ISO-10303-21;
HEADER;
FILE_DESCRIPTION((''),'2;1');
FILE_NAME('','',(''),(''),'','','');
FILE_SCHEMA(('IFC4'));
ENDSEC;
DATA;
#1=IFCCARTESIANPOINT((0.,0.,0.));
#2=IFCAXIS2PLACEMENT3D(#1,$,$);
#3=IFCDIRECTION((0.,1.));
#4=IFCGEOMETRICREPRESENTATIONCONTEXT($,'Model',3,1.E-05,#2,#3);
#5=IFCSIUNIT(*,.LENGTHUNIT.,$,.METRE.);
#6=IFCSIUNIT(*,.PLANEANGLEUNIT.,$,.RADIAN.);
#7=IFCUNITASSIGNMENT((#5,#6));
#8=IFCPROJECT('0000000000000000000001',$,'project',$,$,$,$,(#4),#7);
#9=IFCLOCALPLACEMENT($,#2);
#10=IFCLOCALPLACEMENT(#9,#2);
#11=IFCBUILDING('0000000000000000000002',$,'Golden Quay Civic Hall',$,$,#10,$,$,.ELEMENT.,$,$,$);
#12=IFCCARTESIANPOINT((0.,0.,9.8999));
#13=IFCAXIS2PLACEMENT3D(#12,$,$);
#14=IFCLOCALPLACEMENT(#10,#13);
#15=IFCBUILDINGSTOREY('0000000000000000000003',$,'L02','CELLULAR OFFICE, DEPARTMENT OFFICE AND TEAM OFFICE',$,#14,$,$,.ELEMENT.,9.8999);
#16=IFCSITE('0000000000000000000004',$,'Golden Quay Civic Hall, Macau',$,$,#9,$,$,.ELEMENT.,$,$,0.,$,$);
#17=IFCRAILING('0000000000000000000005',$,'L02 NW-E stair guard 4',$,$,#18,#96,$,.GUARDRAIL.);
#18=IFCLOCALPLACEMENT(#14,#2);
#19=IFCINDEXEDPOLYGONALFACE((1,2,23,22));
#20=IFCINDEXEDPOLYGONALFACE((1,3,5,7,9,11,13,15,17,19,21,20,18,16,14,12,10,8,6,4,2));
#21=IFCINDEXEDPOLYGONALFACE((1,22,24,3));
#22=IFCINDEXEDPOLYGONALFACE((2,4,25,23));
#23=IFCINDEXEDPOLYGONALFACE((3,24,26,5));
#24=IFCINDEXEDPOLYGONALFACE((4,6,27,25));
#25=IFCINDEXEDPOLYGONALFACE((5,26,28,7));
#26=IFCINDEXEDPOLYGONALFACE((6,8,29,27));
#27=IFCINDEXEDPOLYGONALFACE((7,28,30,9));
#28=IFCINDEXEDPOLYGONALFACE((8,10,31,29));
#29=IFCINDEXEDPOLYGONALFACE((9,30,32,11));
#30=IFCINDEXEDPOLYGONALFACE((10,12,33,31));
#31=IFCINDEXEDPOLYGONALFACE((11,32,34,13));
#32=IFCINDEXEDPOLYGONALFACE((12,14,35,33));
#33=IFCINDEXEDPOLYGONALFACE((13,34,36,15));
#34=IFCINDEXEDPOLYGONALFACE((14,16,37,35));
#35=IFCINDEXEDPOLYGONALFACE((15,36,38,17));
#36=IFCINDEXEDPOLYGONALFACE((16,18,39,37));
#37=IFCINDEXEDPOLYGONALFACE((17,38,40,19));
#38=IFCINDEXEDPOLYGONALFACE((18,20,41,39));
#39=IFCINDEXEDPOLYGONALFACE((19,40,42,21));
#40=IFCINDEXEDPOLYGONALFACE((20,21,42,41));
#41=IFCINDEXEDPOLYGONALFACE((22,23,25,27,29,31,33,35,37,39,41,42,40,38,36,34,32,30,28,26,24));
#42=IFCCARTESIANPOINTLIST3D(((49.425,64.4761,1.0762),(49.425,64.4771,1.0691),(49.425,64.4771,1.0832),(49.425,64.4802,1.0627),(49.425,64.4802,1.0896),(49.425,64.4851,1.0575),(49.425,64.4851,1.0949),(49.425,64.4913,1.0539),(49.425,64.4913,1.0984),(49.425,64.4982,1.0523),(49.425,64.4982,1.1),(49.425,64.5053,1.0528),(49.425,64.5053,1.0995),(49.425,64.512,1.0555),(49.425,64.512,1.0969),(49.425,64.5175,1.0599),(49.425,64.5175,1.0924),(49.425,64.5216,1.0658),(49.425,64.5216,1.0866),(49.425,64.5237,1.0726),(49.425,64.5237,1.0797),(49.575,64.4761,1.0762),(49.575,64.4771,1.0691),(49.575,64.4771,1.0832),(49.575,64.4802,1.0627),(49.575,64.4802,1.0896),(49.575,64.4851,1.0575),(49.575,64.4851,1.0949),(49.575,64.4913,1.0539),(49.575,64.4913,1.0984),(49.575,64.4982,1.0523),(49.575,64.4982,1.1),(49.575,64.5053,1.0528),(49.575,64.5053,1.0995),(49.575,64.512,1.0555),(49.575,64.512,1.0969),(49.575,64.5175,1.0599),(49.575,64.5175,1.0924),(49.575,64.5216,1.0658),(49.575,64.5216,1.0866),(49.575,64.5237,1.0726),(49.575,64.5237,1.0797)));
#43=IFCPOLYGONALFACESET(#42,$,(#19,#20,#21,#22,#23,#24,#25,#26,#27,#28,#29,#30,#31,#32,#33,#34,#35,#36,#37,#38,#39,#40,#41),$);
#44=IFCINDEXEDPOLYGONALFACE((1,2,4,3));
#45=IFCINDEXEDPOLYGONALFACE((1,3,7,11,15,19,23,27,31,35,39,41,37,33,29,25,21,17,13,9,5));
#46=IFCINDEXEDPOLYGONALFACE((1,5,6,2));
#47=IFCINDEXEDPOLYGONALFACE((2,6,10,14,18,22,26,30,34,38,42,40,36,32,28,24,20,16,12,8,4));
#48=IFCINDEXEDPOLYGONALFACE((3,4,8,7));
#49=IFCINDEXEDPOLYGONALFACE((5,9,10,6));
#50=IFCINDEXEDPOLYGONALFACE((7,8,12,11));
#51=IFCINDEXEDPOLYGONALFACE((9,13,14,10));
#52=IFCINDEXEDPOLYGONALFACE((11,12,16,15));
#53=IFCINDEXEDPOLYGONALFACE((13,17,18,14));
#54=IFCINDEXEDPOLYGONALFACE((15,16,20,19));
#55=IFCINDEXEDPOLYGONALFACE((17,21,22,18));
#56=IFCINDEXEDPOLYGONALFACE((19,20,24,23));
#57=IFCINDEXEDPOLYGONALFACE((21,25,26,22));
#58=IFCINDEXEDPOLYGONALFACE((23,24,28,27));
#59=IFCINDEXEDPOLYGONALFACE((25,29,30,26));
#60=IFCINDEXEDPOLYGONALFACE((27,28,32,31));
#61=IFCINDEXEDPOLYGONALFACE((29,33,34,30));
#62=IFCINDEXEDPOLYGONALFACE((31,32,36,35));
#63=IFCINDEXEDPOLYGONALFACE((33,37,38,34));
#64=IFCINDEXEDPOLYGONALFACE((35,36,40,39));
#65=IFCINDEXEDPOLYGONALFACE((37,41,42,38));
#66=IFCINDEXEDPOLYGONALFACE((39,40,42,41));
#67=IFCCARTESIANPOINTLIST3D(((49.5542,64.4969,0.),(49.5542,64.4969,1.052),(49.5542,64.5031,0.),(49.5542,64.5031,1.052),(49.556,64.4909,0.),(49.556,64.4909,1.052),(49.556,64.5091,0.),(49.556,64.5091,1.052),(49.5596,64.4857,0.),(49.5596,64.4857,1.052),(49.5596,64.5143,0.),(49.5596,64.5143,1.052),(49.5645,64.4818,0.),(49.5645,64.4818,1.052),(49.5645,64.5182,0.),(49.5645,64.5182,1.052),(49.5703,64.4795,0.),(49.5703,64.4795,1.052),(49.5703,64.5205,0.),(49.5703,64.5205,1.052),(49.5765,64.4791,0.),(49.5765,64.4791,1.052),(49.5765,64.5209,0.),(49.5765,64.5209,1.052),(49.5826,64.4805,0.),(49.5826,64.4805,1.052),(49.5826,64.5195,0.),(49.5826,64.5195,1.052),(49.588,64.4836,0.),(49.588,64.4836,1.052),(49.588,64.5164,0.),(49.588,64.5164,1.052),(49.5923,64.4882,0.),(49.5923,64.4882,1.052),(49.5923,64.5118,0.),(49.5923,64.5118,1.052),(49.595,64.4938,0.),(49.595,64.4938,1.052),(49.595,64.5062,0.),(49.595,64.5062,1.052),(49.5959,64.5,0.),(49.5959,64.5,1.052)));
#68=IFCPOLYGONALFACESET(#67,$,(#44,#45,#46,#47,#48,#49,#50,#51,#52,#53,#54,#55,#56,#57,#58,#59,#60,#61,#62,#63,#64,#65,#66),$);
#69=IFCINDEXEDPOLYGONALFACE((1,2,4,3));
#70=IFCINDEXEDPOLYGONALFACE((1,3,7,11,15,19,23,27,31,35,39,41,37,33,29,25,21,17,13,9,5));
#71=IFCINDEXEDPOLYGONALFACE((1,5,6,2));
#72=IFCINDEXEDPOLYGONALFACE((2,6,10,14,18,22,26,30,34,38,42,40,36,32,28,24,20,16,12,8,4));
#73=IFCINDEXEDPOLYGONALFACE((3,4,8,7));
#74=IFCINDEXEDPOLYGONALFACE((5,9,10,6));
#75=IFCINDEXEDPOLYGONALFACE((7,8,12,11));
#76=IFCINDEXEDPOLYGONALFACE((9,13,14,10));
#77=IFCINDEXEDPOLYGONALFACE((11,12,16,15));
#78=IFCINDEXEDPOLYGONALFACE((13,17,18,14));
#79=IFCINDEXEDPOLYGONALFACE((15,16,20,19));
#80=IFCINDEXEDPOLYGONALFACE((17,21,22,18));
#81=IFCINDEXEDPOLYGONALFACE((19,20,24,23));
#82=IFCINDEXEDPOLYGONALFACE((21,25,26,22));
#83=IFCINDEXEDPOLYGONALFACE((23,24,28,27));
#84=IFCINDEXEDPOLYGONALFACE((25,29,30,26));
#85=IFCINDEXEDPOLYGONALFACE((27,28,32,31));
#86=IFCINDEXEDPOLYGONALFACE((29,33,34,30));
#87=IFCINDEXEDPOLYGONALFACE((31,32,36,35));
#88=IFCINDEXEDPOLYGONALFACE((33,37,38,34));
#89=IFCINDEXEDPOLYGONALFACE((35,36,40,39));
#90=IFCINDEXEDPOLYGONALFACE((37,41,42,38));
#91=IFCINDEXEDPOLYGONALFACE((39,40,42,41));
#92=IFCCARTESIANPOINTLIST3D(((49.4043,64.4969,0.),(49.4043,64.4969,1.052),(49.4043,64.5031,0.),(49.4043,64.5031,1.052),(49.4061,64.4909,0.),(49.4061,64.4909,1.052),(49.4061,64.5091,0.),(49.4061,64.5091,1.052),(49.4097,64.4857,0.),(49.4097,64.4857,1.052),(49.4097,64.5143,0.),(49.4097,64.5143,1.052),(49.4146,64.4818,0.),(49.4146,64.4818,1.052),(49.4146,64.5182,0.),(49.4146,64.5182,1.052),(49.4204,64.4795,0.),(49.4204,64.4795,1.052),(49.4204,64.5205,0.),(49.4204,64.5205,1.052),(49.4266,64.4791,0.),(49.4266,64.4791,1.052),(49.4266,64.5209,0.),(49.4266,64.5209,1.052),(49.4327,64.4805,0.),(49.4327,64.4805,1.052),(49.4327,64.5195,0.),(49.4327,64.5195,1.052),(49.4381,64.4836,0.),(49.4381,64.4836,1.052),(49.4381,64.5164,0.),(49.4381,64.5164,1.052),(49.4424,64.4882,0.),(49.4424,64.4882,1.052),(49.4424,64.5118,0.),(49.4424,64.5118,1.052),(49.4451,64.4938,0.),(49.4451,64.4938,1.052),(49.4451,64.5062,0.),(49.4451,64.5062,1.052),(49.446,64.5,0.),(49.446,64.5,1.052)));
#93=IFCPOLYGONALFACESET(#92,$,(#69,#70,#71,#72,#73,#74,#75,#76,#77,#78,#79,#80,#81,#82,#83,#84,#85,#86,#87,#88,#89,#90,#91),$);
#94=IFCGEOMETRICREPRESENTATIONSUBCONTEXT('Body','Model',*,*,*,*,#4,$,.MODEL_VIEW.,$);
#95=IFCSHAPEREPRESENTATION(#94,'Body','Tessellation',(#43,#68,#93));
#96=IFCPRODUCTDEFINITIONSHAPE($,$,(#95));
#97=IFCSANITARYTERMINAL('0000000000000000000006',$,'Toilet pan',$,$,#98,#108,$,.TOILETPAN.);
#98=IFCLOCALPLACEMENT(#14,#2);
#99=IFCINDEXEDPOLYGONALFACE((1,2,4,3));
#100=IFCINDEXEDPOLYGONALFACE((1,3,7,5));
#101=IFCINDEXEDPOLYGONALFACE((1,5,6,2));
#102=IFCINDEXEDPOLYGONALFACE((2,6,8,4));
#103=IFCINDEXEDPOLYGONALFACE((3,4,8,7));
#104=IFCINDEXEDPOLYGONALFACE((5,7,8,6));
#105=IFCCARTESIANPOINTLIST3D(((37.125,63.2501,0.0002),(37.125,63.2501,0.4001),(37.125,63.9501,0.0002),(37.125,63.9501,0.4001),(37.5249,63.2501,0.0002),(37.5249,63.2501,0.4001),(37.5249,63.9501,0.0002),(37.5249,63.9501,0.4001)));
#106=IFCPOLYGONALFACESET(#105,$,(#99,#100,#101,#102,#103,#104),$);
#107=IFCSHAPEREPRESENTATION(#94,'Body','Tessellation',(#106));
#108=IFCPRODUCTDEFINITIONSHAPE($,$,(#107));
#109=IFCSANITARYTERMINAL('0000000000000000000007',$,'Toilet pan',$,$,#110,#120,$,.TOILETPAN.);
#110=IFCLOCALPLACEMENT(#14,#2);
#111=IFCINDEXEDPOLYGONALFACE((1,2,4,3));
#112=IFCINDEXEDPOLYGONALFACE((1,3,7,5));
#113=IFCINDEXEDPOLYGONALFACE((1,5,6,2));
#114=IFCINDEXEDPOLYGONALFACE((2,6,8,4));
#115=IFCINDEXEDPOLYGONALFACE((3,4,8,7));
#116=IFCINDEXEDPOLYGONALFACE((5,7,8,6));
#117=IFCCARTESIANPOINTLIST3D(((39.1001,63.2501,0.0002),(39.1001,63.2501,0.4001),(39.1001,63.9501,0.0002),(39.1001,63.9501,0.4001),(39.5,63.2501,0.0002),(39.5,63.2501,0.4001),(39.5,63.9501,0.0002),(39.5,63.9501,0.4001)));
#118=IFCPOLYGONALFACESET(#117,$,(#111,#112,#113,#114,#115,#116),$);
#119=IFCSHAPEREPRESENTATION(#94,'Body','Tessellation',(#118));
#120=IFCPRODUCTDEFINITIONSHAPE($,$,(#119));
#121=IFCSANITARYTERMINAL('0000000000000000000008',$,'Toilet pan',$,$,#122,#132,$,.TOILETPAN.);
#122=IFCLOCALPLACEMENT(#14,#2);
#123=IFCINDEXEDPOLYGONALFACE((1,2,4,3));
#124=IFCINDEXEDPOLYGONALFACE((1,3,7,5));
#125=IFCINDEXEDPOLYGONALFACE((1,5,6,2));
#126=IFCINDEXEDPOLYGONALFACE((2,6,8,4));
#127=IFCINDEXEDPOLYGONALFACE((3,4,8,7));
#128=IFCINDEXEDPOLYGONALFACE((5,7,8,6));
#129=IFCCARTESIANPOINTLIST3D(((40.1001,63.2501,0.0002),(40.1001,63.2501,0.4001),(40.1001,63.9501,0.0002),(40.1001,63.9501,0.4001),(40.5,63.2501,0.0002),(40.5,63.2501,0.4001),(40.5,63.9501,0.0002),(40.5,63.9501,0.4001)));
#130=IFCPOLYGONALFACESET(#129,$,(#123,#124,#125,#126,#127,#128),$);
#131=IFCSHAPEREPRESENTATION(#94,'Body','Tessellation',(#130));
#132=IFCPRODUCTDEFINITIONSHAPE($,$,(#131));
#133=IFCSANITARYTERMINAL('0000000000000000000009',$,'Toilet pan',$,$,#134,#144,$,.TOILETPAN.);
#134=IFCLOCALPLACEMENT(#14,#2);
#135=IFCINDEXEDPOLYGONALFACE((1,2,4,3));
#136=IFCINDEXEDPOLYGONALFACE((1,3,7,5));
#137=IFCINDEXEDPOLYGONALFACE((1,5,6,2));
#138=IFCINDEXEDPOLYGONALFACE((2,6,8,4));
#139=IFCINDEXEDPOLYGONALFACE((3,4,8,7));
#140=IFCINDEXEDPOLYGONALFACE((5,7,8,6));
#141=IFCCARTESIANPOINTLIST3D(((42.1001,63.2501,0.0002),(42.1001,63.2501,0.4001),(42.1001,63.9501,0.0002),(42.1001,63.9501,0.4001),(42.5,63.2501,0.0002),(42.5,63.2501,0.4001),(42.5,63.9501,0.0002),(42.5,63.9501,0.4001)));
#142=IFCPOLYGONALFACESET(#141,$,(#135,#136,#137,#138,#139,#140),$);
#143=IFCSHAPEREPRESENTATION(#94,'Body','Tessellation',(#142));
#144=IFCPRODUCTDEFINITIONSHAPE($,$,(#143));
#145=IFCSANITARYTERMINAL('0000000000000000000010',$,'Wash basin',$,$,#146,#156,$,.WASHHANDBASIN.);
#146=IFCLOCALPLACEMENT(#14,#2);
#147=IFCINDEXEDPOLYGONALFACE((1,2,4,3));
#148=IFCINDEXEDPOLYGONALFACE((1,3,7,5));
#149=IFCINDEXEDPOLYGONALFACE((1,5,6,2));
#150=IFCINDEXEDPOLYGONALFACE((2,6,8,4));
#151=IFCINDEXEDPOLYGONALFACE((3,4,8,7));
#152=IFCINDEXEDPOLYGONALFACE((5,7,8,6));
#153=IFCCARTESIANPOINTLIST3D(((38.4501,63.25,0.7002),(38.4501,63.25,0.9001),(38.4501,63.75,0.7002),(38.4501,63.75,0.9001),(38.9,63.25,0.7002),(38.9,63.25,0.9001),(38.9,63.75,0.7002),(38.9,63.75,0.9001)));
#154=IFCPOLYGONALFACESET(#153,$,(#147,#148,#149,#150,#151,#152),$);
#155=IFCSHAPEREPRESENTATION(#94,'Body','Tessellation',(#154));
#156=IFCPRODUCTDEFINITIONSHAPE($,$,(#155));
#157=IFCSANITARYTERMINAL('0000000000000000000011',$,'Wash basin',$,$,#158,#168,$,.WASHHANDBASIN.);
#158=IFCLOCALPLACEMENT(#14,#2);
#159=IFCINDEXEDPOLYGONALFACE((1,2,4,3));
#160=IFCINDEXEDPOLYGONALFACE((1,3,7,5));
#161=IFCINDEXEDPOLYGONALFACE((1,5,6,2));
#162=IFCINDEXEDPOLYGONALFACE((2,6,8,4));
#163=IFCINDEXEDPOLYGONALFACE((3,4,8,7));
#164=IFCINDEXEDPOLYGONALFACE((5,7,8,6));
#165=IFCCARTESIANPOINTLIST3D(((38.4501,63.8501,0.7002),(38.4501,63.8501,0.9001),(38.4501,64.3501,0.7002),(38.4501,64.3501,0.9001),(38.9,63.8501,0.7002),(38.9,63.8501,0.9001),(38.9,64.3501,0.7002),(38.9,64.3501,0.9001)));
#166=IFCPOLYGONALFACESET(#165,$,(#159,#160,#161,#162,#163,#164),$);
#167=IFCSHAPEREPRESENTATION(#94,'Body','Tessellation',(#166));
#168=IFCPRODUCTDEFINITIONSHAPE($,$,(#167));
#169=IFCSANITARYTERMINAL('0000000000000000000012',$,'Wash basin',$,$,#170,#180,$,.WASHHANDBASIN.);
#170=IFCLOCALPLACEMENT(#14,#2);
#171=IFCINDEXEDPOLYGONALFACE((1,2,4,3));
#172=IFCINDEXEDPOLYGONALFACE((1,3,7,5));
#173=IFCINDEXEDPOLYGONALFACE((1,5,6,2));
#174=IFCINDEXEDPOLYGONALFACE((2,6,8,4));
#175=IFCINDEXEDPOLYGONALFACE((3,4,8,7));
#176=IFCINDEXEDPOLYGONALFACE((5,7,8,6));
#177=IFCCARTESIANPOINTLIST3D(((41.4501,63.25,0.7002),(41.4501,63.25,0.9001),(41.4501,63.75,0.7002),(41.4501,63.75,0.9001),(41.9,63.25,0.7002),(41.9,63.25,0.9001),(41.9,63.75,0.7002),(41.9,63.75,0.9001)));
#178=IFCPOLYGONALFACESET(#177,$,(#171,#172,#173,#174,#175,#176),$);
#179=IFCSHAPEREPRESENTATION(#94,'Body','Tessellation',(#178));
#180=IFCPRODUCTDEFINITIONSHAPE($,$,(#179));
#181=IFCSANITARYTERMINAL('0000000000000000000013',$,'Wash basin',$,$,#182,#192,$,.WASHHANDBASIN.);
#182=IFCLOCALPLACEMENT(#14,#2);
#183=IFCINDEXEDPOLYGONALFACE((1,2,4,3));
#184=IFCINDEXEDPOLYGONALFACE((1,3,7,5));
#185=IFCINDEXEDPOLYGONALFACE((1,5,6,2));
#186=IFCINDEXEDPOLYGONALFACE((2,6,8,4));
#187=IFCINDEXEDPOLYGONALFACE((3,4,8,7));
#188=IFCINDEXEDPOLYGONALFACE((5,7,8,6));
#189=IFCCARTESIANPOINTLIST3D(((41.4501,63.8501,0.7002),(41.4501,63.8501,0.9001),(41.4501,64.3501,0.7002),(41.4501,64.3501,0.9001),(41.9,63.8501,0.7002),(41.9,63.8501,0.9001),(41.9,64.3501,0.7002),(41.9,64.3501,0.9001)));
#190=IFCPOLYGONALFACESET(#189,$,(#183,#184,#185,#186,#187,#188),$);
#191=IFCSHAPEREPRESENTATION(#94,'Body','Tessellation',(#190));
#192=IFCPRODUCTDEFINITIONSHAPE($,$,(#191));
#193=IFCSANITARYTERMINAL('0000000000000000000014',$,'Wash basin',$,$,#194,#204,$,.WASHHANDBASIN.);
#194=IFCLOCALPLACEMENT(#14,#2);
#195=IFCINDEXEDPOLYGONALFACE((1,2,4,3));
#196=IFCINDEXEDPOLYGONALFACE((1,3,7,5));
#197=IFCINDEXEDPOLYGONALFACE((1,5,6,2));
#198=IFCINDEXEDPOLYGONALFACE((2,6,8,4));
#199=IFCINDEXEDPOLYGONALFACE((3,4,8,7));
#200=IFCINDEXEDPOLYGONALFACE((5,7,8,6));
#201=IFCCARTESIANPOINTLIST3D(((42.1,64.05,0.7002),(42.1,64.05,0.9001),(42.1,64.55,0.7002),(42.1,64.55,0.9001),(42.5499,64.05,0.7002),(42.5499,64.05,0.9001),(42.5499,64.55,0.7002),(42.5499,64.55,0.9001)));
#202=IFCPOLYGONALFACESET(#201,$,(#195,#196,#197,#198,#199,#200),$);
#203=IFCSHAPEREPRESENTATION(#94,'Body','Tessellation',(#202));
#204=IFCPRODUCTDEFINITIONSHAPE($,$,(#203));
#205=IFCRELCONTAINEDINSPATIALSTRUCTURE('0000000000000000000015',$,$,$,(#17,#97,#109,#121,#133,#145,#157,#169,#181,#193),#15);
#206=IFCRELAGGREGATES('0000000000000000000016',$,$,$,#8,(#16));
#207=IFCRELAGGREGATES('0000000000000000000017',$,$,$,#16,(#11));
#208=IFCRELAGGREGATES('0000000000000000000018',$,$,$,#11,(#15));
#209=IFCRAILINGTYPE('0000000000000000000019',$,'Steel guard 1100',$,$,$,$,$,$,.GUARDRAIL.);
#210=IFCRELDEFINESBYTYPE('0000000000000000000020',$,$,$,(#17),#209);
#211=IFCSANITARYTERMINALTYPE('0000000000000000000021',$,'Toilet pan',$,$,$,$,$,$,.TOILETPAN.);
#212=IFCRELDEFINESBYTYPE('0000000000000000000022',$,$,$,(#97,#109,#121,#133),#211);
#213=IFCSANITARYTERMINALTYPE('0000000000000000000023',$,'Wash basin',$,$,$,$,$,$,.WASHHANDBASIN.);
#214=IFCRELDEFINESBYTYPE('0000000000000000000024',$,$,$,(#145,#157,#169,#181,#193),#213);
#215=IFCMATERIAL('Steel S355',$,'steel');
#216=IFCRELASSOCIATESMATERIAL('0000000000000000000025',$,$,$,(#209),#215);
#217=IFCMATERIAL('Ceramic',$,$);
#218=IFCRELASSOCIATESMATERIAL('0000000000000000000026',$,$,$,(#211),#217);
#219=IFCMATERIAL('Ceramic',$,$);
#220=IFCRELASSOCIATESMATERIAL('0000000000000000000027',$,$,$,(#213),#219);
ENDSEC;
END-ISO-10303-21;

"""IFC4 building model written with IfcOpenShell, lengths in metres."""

from ifc_helpers import new_model, si_unit, direction, frame, origin, origin_2d, place, context, subcontext, project, spatial, rectangle, circle, extrude, material, type_object, element, save


model = new_model("IFC4")

# Units and contexts
model_context = context("Model", 3, precision=1e-05, world=origin(), true_north=direction((0.0, 1.0)))
body_context = subcontext(model_context, "Body", "Model", "MODEL_VIEW")
ifc_project = project(units=[si_unit("LENGTHUNIT", "METRE"), si_unit("PLANEANGLEUNIT", "RADIAN")], contexts=[model_context])

# Site, building, storey
site_placement = place(None, origin())
site = spatial("IfcSite", under=ifc_project, at=site_placement, Name="Golden Quay Civic Hall, Macau", CompositionType="ELEMENT", RefElevation=0.0)
building_placement = place(site_placement, origin())
building = spatial("IfcBuilding", under=site, at=building_placement, Name="Golden Quay Civic Hall", CompositionType="ELEMENT")
storey_placement = place(building_placement, frame((0.0, 0.0, 9.8999)))
storey = spatial("IfcBuildingStorey", under=building, at=storey_placement, Name="L02", Description="CELLULAR OFFICE, DEPARTMENT OFFICE AND TEAM OFFICE", CompositionType="ELEMENT", Elevation=9.8999)

# Railing
ifc_material_1 = material(Name="Steel S355", Category="steel")
railing_type = type_object("IfcRailingType", Name="Steel guard 1100", PredefinedType="GUARDRAIL", material=ifc_material_1)
railing_1_placement = place(storey_placement, frame((49.575, 64.5, 0.0)))
element("IfcRailing", 1, at=railing_1_placement, inside=storey, type_object=railing_type, Name="L02 NW-E stair guard 4", PredefinedType="GUARDRAIL", context=body_context, shape_type="SweptSolid", body=[
    extrude(circle(Radius=0.0239, at=origin_2d()), frame((0.0, 0.0, 1.0762), z_axis=(-1.0, 0.0, 0.0), x_axis=(0.0, -1.0, 0.0)), (0.0, 0.0, 1.0), 0.1499),
    extrude(circle(Radius=0.021, at=origin_2d()), origin(), (0.0, 0.0, 1.0), 1.052),
    extrude(circle(Radius=0.021, at=origin_2d()), frame((-0.1499, 0.0, 0.0)), (0.0, 0.0, 1.0), 1.052),
])

# Sanitary terminals
ifc_material_2 = material(Name="Ceramic")
sanitary_terminal_type_1 = type_object("IfcSanitaryTerminalType", Name="Toilet pan", PredefinedType="TOILETPAN", material=ifc_material_2)
for number, where, z_axis, x_axis, name in (
    (2, (37.325, 63.6001, 0.0002), (0.0, 0.0, 1.0), (1.0, 0.0, 0.0), "Toilet pan"),
    (3, (39.3, 63.6001, 0.0002), (0.0, 0.0, 1.0), (1.0, 0.0, 0.0), "Toilet pan"),
    (4, (40.3, 63.6001, 0.0002), (0.0, 0.0, 1.0), (1.0, 0.0, 0.0), "Toilet pan"),
    (5, (42.3, 63.6001, 0.0002), (0.0, 0.0, 1.0), (1.0, 0.0, 0.0), "Toilet pan"),
):
    element("IfcSanitaryTerminal", number, at=place(storey_placement, frame(where, z_axis=z_axis, x_axis=x_axis)), inside=storey, type_object=sanitary_terminal_type_1, Name=name, PredefinedType="TOILETPAN", context=body_context, shape_type="SweptSolid", body=[
        extrude(rectangle(XDim=0.3999, YDim=0.7, at=origin_2d()), origin(), (0.0, 0.0, 1.0), 0.3999),
    ])
ifc_material_3 = material(Name="Ceramic")
sanitary_terminal_type_2 = type_object("IfcSanitaryTerminalType", Name="Wash basin", PredefinedType="WASHHANDBASIN", material=ifc_material_3)
for number, where, z_axis, x_axis, name in (
    (6, (38.675, 63.5, 0.7002), (0.0, 0.0, 1.0), (0.0, 1.0, 0.0), "Wash basin"),
    (7, (38.675, 64.1001, 0.7002), (0.0, 0.0, 1.0), (0.0, 1.0, 0.0), "Wash basin"),
    (8, (41.675, 63.5, 0.7002), (0.0, 0.0, 1.0), (0.0, 1.0, 0.0), "Wash basin"),
    (9, (41.675, 64.1001, 0.7002), (0.0, 0.0, 1.0), (0.0, 1.0, 0.0), "Wash basin"),
    (10, (42.325, 64.3, 0.7002), (0.0, 0.0, 1.0), (0.0, 1.0, 0.0), "Wash basin"),
):
    element("IfcSanitaryTerminal", number, at=place(storey_placement, frame(where, z_axis=z_axis, x_axis=x_axis)), inside=storey, type_object=sanitary_terminal_type_2, Name=name, PredefinedType="WASHHANDBASIN", context=body_context, shape_type="SweptSolid", body=[
        extrude(rectangle(XDim=0.5, YDim=0.45, at=origin_2d()), origin(), (0.0, 0.0, 1.0), 0.2),
    ])

save(model, "model.ifc")
